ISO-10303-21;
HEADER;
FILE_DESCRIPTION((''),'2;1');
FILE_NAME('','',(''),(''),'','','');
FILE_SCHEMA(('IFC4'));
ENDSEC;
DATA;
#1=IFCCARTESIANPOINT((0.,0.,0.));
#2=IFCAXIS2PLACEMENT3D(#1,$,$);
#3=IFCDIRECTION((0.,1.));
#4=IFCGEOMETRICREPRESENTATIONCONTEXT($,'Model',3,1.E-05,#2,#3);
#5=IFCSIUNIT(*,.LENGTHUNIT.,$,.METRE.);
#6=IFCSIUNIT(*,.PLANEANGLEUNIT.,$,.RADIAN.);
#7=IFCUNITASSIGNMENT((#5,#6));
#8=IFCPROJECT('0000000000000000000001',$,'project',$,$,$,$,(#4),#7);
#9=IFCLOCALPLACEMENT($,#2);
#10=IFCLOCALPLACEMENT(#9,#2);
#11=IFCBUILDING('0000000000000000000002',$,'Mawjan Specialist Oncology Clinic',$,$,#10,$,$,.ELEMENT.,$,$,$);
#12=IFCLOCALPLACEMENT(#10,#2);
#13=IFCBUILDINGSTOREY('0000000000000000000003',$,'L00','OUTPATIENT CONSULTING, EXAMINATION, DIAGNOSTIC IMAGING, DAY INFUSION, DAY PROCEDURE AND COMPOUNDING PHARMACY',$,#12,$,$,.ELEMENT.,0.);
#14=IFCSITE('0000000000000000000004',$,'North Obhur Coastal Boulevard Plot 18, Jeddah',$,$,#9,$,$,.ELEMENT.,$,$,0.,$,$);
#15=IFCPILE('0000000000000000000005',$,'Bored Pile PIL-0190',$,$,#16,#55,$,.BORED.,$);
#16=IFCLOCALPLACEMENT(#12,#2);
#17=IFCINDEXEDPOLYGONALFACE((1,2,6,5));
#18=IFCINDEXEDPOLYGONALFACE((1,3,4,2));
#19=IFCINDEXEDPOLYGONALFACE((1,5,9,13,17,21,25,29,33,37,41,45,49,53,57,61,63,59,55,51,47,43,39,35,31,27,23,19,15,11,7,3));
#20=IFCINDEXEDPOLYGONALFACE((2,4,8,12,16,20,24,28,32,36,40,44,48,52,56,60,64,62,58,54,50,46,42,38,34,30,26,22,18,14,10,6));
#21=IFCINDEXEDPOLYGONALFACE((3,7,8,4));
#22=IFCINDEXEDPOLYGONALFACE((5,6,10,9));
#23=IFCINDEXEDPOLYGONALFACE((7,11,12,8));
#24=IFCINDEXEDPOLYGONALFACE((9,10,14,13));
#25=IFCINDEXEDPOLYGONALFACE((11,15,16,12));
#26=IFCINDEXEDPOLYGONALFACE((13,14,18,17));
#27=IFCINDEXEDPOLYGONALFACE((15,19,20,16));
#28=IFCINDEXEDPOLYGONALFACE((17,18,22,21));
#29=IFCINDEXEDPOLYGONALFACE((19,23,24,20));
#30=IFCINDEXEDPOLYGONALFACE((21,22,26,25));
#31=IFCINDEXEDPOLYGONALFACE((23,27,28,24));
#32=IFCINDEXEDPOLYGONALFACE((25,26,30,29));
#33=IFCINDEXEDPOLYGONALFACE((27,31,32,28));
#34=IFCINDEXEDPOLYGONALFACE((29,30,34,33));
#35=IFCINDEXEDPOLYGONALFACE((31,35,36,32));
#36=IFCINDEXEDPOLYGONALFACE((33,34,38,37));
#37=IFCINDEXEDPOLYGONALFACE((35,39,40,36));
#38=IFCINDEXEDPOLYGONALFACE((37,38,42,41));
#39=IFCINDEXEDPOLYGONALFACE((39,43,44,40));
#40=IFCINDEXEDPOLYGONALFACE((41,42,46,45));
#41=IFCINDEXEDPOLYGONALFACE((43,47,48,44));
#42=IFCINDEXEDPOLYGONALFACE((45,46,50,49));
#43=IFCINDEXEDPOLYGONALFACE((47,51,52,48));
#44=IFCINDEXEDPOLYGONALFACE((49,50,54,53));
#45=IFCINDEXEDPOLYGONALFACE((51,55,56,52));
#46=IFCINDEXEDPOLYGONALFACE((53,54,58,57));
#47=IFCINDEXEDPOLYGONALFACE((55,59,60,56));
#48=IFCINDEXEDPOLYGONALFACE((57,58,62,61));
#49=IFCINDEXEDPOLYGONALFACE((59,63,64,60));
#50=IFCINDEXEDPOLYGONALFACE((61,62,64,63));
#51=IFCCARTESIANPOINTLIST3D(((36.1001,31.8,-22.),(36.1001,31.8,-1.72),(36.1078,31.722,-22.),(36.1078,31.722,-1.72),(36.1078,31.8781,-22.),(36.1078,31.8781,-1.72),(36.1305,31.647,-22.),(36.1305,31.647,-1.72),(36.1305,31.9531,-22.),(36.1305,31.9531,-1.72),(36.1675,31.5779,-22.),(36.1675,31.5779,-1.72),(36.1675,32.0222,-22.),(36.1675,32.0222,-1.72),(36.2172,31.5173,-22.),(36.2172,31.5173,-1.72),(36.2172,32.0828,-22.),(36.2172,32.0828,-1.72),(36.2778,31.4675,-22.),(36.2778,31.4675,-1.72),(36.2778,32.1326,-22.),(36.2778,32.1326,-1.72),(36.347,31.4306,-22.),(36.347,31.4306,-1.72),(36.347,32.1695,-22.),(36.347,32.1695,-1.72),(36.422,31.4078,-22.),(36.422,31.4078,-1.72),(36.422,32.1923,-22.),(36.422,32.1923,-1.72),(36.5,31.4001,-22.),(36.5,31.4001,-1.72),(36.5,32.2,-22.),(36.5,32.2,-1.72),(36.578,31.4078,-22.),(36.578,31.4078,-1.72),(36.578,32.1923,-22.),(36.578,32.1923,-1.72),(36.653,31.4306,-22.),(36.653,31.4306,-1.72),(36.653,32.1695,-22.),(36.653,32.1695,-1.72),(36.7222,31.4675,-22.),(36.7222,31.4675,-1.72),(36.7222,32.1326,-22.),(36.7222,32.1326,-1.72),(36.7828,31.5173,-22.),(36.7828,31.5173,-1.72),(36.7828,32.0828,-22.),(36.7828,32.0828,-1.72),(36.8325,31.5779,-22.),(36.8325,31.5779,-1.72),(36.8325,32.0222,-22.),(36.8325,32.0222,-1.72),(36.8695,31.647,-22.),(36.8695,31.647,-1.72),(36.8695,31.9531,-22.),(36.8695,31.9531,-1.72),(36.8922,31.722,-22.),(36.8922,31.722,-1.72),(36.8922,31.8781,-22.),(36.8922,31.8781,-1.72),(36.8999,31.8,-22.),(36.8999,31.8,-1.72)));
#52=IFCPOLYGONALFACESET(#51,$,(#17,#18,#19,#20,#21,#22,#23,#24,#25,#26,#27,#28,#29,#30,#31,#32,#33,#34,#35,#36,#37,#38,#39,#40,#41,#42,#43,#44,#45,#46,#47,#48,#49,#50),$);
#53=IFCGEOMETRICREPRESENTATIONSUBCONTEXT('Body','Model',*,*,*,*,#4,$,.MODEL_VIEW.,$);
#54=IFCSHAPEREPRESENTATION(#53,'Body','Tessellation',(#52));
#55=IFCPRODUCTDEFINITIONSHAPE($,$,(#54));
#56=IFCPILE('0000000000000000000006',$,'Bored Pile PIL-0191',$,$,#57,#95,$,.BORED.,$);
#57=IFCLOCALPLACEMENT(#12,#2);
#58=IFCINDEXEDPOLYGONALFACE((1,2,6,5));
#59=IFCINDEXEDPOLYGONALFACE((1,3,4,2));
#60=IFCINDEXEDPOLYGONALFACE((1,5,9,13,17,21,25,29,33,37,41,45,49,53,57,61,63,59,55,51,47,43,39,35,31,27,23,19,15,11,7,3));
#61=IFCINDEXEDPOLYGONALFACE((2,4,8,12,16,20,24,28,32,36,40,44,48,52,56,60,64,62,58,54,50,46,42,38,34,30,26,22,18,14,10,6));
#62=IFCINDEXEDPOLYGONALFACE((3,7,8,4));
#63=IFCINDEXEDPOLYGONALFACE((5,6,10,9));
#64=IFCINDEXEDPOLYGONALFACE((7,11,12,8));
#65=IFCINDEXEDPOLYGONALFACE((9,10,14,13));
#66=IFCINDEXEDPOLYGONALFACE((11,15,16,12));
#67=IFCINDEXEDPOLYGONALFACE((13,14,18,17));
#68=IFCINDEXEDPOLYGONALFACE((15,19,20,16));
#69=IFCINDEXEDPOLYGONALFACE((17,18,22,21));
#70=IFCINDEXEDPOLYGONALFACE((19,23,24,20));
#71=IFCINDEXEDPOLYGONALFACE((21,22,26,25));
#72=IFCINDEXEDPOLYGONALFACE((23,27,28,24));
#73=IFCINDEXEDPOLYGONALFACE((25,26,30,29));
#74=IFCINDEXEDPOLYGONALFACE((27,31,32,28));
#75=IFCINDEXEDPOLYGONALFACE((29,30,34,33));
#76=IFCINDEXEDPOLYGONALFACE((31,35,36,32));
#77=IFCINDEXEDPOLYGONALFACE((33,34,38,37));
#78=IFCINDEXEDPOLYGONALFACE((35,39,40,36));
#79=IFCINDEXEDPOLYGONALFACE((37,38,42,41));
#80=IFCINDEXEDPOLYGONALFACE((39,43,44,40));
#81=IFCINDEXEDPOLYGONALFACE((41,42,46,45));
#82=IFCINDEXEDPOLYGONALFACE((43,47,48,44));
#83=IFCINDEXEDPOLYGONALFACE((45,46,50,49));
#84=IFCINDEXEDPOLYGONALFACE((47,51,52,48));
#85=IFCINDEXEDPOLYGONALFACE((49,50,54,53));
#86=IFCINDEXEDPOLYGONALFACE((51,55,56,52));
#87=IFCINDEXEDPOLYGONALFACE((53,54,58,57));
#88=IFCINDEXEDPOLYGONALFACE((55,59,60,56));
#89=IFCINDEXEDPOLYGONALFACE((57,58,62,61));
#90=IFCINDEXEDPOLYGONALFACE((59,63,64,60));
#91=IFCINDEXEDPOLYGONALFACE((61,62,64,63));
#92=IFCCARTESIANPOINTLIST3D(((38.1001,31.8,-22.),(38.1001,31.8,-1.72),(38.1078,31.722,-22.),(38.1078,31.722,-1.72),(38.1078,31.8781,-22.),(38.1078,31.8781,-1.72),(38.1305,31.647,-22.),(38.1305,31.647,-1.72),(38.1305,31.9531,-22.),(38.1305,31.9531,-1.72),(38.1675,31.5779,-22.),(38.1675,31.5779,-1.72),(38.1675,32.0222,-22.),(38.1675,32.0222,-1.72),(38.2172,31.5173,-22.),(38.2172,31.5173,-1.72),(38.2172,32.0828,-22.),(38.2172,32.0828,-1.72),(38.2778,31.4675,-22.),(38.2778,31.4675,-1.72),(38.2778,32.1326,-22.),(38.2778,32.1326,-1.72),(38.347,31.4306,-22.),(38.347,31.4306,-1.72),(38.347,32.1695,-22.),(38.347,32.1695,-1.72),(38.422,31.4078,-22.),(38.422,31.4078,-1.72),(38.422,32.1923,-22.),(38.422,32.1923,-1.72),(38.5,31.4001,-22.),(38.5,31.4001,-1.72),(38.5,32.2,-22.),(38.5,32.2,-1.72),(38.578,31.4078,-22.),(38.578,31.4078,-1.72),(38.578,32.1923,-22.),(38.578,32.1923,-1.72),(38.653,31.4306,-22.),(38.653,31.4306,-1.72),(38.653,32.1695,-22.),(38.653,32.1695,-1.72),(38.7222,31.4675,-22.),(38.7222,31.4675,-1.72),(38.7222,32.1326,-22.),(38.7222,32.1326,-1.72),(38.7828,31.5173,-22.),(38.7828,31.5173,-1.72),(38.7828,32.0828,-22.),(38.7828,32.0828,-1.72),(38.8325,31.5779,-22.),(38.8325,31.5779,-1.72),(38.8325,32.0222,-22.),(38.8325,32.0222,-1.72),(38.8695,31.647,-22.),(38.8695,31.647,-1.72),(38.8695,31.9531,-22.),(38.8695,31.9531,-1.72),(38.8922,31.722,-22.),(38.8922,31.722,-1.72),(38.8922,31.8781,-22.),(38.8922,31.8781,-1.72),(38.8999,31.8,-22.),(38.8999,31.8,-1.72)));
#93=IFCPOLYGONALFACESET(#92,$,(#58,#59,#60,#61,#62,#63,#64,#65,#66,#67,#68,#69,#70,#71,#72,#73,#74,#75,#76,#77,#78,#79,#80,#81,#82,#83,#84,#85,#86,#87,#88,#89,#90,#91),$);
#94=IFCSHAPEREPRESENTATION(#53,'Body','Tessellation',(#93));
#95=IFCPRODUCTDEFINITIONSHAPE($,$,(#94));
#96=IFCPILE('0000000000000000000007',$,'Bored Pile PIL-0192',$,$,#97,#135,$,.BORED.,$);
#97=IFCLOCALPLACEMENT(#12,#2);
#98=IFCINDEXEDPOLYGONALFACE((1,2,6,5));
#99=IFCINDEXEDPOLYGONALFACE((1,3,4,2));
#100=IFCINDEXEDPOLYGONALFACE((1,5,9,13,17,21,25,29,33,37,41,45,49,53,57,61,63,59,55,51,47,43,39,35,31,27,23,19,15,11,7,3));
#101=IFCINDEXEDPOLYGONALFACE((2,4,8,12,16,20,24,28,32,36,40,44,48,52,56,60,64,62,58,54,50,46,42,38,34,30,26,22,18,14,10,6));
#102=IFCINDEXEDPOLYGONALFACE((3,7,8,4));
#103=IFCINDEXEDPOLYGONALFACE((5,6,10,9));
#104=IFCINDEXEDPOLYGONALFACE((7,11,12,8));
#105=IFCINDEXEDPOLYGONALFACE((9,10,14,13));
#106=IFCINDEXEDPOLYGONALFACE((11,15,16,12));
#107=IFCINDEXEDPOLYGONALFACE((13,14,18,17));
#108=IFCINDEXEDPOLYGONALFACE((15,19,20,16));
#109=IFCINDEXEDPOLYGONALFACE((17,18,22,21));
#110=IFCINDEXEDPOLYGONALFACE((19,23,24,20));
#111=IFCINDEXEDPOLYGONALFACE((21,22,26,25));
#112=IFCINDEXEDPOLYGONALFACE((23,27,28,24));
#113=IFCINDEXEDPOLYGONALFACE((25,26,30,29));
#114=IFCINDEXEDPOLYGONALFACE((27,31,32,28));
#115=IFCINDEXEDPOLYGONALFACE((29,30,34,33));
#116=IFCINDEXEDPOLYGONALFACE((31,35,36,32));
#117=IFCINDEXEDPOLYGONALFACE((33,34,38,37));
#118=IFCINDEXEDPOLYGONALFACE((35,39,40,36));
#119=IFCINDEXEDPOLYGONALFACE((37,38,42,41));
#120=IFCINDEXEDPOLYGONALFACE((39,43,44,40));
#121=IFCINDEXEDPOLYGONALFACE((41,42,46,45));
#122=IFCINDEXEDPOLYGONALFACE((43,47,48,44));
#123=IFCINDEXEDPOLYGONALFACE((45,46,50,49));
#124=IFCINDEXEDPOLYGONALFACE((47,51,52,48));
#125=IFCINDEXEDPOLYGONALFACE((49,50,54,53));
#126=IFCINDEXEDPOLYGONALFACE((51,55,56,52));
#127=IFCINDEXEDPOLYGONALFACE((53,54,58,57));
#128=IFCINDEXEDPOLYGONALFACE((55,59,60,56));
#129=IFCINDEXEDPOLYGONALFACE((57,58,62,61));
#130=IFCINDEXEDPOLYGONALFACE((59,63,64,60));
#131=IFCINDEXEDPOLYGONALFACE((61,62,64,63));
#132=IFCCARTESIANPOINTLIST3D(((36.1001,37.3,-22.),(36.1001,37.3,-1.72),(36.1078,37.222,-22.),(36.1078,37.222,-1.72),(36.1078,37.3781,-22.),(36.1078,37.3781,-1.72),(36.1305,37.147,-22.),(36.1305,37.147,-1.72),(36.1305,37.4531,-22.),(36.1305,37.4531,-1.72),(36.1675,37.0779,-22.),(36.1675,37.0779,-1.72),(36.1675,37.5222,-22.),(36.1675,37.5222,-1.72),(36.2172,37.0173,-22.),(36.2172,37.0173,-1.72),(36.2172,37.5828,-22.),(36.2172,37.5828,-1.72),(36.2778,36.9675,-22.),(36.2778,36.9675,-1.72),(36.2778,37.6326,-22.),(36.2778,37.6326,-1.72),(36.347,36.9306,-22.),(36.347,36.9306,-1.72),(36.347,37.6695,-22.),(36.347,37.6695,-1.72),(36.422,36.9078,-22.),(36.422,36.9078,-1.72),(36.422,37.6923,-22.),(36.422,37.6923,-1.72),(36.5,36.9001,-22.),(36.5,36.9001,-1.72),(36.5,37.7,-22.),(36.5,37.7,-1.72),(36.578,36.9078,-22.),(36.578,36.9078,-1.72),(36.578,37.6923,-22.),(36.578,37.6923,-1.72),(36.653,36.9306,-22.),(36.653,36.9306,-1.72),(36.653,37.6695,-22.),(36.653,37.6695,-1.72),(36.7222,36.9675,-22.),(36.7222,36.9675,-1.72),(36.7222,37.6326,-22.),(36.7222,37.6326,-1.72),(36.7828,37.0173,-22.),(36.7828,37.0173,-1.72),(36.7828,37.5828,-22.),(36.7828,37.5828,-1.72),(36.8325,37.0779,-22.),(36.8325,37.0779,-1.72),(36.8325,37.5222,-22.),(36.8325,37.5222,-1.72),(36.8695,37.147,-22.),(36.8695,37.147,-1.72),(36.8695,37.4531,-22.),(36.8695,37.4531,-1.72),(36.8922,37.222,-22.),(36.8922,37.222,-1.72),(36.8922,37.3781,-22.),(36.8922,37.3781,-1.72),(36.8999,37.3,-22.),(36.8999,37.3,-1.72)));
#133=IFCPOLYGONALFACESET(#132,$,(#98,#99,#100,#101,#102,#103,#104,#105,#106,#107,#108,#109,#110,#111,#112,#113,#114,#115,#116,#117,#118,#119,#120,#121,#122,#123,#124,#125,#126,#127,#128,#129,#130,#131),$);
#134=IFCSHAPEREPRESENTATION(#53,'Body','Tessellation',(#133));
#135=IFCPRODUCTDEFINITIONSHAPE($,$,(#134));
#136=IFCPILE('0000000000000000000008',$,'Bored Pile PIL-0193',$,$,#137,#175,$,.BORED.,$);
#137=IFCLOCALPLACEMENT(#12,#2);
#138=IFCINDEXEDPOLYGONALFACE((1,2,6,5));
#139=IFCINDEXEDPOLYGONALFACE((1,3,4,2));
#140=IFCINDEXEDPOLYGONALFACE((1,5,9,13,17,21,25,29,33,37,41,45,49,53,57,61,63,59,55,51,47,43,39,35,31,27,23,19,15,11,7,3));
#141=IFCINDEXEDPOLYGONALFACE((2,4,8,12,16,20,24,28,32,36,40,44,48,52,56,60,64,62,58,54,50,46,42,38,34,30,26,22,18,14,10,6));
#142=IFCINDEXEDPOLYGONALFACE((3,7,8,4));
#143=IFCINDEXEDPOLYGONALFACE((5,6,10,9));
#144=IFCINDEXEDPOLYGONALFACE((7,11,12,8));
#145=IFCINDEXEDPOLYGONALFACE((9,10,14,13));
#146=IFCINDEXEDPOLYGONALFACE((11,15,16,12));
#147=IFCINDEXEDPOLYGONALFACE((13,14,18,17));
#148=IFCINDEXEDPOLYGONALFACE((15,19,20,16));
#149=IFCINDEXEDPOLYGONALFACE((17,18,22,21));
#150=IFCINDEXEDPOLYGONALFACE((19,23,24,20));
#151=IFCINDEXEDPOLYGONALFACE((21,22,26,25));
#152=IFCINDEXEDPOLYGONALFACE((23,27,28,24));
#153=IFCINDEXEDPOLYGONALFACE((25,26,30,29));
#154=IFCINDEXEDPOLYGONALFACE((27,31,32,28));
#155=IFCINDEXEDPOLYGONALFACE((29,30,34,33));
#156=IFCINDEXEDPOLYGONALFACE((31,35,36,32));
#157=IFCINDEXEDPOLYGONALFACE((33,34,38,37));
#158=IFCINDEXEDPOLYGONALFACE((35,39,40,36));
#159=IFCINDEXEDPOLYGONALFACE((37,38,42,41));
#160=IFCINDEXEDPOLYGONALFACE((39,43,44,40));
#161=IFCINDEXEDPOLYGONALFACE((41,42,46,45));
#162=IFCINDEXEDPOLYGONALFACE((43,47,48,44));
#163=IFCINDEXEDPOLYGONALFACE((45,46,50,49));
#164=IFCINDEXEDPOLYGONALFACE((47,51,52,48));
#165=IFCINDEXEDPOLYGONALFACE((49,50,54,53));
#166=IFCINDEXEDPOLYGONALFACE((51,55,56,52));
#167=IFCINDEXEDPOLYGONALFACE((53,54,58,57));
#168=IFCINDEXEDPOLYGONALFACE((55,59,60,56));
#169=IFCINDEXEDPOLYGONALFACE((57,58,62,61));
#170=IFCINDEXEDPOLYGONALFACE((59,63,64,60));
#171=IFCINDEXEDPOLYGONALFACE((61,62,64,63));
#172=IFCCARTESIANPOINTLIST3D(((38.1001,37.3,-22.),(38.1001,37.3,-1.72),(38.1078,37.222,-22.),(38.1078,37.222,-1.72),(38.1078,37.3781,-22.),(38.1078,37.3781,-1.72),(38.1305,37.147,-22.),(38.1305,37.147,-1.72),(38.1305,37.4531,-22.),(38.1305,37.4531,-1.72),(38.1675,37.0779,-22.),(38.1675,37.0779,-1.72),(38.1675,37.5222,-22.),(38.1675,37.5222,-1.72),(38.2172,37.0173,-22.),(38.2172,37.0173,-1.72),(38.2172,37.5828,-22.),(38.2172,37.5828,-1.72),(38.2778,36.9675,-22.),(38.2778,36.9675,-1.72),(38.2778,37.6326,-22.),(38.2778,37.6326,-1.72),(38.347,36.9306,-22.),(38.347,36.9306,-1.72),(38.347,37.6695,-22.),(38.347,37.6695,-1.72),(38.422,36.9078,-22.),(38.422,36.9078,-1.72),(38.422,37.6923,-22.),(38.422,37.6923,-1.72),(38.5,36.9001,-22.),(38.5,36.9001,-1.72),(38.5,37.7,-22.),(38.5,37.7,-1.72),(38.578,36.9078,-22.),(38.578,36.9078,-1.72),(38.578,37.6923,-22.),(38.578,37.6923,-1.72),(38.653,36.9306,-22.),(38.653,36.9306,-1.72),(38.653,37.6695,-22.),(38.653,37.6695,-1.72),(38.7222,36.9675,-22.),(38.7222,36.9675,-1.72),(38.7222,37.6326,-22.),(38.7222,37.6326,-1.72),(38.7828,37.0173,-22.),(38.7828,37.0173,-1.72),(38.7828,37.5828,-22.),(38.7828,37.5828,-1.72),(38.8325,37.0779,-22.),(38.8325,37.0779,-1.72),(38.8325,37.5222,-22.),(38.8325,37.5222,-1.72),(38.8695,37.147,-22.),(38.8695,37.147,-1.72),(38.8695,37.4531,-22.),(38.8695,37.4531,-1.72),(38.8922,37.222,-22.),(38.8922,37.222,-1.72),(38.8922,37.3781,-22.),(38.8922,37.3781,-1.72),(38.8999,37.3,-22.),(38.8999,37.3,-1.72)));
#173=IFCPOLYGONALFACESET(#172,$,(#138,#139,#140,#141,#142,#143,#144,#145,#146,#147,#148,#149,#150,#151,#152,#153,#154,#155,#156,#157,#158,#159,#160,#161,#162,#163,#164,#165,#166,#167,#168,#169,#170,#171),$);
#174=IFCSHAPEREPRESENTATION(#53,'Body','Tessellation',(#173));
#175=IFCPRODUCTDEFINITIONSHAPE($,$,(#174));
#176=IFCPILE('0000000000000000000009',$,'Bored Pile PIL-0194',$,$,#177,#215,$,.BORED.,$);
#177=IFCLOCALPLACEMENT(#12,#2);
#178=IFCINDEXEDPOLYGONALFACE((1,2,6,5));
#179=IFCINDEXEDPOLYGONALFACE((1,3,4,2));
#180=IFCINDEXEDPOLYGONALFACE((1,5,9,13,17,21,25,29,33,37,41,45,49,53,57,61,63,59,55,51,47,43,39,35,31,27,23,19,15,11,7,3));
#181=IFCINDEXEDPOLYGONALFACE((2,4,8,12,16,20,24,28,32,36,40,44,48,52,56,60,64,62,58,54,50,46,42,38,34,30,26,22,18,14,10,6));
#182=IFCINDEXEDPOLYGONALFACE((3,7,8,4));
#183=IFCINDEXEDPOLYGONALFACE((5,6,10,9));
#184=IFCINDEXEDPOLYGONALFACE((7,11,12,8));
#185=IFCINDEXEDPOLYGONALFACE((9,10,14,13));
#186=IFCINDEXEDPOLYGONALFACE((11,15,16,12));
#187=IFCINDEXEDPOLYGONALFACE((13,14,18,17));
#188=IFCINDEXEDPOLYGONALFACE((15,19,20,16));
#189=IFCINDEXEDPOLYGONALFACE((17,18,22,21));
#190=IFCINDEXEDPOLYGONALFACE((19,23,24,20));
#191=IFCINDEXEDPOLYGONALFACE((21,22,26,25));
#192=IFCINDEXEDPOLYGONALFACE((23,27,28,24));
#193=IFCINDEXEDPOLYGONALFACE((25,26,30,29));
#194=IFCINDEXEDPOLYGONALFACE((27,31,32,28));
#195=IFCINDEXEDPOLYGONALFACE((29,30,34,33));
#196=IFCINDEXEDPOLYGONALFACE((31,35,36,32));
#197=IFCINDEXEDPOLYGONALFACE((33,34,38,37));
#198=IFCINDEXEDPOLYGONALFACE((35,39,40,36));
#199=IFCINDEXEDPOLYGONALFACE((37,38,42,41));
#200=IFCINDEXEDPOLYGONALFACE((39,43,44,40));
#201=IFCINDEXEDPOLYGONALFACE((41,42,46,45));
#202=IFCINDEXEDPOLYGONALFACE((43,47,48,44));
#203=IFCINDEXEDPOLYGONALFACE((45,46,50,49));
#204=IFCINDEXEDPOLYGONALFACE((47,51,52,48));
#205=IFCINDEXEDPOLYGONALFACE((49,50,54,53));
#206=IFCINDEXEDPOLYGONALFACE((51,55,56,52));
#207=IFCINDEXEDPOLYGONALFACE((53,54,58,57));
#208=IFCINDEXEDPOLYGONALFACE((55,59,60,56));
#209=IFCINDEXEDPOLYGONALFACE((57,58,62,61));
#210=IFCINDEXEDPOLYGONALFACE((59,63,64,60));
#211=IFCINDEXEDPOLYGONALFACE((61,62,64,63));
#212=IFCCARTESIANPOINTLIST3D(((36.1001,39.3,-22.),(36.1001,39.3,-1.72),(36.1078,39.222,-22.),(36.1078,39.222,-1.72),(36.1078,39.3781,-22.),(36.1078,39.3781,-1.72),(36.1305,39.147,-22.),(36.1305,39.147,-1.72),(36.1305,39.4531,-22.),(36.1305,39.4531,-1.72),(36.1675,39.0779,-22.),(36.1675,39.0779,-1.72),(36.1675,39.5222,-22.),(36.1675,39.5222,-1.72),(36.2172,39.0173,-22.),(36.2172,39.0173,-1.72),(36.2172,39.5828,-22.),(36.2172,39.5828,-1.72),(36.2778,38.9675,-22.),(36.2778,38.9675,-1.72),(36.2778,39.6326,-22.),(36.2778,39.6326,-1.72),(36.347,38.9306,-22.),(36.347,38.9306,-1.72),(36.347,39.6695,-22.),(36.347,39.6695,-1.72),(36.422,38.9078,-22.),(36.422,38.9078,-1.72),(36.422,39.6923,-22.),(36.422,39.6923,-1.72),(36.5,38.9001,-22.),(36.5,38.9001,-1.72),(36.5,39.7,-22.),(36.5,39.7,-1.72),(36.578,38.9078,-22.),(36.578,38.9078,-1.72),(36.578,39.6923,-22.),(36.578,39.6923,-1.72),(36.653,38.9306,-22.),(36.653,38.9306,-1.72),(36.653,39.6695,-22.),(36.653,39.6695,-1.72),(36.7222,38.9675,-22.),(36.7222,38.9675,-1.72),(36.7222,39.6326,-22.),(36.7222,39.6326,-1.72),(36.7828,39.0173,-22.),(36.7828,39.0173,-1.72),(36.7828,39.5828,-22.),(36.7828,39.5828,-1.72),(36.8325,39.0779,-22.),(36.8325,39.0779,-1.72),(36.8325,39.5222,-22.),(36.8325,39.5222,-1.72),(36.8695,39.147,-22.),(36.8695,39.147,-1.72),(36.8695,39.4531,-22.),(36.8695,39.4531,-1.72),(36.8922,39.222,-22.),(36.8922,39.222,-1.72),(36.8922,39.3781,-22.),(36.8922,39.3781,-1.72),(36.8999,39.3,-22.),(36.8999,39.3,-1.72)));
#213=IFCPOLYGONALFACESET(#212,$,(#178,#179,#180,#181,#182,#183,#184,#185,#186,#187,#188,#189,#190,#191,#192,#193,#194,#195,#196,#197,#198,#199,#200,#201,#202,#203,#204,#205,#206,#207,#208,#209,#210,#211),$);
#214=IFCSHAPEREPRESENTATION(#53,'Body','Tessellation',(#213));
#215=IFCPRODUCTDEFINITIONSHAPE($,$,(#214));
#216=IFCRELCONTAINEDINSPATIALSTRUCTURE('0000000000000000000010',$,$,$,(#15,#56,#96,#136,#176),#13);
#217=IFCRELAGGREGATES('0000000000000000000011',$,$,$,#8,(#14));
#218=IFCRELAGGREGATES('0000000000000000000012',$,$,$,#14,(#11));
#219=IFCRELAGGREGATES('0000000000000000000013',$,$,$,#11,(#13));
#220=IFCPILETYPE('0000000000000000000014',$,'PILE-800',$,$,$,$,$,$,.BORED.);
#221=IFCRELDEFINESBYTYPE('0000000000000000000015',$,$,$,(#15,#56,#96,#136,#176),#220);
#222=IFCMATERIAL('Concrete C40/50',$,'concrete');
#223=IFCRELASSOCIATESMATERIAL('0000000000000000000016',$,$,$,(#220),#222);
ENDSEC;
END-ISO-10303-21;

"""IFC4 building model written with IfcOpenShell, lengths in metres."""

from ifc_helpers import new_model, si_unit, direction, frame, origin, origin_2d, place, context, subcontext, project, spatial, circle, extrude, material, material_profile, profile_set, type_object, element, save


model = new_model("IFC4")

# Units and contexts
model_context = context("Model", 3, precision=1e-05, world=origin(), true_north=direction((0.0, 1.0)))
body_context = subcontext(model_context, "Body", "Model", "MODEL_VIEW")
ifc_project = project(units=[si_unit("LENGTHUNIT", "METRE"), si_unit("PLANEANGLEUNIT", "RADIAN")], contexts=[model_context])

# Site, building, storey
site_placement = place(None, origin())
site = spatial("IfcSite", under=ifc_project, at=site_placement, Name="North Obhur Coastal Boulevard Plot 18, Jeddah", CompositionType="ELEMENT", RefElevation=0.0)
building_placement = place(site_placement, origin())
building = spatial("IfcBuilding", under=site, at=building_placement, Name="Mawjan Specialist Oncology Clinic", CompositionType="ELEMENT")
storey_placement = place(building_placement, origin())
storey = spatial("IfcBuildingStorey", under=building, at=storey_placement, Name="L00", Description="OUTPATIENT CONSULTING, EXAMINATION, DIAGNOSTIC IMAGING, DAY INFUSION, DAY PROCEDURE AND COMPOUNDING PHARMACY", CompositionType="ELEMENT", Elevation=0.0)

# Piles
ifc_material_1 = material(Name="Concrete C40/50", Category="concrete")
ifc_material_profile_1 = material_profile(ifc_material_1, circle(Radius=0.3999, at=origin_2d()), Name="BORED PILE D800", Category="concrete")
ifc_profile_set_1 = profile_set([ifc_material_profile_1], Name="Concrete C40/50")
pile_type_1 = type_object("IfcPileType", Name="PILE-800", PredefinedType="BORED", material=ifc_profile_set_1)
for number, where, z_axis, x_axis, name in (
    (1, (36.5, 31.8, -1.72), (0.0, 0.0, -1.0), (1.0, 0.0, 0.0), "Bored Pile PIL-0190"),
    (2, (38.5, 31.8, -1.72), (0.0, 0.0, -1.0), (1.0, 0.0, 0.0), "Bored Pile PIL-0191"),
    (3, (36.5, 37.3, -1.72), (0.0, 0.0, -1.0), (1.0, 0.0, 0.0), "Bored Pile PIL-0192"),
    (4, (38.5, 37.3, -1.72), (0.0, 0.0, -1.0), (1.0, 0.0, 0.0), "Bored Pile PIL-0193"),
    (5, (36.5, 39.3, -1.72), (0.0, 0.0, -1.0), (1.0, 0.0, 0.0), "Bored Pile PIL-0194"),
):
    element("IfcPile", number, at=place(storey_placement, frame(where, z_axis=z_axis, x_axis=x_axis)), inside=storey, type_object=pile_type_1, Name=name, PredefinedType="BORED", context=body_context, shape_type="SweptSolid", body=[
        extrude(circle(Radius=0.3999, at=origin_2d()), origin(), (0.0, 0.0, 1.0), 20.28),
    ])

save(model, "model.ifc")
